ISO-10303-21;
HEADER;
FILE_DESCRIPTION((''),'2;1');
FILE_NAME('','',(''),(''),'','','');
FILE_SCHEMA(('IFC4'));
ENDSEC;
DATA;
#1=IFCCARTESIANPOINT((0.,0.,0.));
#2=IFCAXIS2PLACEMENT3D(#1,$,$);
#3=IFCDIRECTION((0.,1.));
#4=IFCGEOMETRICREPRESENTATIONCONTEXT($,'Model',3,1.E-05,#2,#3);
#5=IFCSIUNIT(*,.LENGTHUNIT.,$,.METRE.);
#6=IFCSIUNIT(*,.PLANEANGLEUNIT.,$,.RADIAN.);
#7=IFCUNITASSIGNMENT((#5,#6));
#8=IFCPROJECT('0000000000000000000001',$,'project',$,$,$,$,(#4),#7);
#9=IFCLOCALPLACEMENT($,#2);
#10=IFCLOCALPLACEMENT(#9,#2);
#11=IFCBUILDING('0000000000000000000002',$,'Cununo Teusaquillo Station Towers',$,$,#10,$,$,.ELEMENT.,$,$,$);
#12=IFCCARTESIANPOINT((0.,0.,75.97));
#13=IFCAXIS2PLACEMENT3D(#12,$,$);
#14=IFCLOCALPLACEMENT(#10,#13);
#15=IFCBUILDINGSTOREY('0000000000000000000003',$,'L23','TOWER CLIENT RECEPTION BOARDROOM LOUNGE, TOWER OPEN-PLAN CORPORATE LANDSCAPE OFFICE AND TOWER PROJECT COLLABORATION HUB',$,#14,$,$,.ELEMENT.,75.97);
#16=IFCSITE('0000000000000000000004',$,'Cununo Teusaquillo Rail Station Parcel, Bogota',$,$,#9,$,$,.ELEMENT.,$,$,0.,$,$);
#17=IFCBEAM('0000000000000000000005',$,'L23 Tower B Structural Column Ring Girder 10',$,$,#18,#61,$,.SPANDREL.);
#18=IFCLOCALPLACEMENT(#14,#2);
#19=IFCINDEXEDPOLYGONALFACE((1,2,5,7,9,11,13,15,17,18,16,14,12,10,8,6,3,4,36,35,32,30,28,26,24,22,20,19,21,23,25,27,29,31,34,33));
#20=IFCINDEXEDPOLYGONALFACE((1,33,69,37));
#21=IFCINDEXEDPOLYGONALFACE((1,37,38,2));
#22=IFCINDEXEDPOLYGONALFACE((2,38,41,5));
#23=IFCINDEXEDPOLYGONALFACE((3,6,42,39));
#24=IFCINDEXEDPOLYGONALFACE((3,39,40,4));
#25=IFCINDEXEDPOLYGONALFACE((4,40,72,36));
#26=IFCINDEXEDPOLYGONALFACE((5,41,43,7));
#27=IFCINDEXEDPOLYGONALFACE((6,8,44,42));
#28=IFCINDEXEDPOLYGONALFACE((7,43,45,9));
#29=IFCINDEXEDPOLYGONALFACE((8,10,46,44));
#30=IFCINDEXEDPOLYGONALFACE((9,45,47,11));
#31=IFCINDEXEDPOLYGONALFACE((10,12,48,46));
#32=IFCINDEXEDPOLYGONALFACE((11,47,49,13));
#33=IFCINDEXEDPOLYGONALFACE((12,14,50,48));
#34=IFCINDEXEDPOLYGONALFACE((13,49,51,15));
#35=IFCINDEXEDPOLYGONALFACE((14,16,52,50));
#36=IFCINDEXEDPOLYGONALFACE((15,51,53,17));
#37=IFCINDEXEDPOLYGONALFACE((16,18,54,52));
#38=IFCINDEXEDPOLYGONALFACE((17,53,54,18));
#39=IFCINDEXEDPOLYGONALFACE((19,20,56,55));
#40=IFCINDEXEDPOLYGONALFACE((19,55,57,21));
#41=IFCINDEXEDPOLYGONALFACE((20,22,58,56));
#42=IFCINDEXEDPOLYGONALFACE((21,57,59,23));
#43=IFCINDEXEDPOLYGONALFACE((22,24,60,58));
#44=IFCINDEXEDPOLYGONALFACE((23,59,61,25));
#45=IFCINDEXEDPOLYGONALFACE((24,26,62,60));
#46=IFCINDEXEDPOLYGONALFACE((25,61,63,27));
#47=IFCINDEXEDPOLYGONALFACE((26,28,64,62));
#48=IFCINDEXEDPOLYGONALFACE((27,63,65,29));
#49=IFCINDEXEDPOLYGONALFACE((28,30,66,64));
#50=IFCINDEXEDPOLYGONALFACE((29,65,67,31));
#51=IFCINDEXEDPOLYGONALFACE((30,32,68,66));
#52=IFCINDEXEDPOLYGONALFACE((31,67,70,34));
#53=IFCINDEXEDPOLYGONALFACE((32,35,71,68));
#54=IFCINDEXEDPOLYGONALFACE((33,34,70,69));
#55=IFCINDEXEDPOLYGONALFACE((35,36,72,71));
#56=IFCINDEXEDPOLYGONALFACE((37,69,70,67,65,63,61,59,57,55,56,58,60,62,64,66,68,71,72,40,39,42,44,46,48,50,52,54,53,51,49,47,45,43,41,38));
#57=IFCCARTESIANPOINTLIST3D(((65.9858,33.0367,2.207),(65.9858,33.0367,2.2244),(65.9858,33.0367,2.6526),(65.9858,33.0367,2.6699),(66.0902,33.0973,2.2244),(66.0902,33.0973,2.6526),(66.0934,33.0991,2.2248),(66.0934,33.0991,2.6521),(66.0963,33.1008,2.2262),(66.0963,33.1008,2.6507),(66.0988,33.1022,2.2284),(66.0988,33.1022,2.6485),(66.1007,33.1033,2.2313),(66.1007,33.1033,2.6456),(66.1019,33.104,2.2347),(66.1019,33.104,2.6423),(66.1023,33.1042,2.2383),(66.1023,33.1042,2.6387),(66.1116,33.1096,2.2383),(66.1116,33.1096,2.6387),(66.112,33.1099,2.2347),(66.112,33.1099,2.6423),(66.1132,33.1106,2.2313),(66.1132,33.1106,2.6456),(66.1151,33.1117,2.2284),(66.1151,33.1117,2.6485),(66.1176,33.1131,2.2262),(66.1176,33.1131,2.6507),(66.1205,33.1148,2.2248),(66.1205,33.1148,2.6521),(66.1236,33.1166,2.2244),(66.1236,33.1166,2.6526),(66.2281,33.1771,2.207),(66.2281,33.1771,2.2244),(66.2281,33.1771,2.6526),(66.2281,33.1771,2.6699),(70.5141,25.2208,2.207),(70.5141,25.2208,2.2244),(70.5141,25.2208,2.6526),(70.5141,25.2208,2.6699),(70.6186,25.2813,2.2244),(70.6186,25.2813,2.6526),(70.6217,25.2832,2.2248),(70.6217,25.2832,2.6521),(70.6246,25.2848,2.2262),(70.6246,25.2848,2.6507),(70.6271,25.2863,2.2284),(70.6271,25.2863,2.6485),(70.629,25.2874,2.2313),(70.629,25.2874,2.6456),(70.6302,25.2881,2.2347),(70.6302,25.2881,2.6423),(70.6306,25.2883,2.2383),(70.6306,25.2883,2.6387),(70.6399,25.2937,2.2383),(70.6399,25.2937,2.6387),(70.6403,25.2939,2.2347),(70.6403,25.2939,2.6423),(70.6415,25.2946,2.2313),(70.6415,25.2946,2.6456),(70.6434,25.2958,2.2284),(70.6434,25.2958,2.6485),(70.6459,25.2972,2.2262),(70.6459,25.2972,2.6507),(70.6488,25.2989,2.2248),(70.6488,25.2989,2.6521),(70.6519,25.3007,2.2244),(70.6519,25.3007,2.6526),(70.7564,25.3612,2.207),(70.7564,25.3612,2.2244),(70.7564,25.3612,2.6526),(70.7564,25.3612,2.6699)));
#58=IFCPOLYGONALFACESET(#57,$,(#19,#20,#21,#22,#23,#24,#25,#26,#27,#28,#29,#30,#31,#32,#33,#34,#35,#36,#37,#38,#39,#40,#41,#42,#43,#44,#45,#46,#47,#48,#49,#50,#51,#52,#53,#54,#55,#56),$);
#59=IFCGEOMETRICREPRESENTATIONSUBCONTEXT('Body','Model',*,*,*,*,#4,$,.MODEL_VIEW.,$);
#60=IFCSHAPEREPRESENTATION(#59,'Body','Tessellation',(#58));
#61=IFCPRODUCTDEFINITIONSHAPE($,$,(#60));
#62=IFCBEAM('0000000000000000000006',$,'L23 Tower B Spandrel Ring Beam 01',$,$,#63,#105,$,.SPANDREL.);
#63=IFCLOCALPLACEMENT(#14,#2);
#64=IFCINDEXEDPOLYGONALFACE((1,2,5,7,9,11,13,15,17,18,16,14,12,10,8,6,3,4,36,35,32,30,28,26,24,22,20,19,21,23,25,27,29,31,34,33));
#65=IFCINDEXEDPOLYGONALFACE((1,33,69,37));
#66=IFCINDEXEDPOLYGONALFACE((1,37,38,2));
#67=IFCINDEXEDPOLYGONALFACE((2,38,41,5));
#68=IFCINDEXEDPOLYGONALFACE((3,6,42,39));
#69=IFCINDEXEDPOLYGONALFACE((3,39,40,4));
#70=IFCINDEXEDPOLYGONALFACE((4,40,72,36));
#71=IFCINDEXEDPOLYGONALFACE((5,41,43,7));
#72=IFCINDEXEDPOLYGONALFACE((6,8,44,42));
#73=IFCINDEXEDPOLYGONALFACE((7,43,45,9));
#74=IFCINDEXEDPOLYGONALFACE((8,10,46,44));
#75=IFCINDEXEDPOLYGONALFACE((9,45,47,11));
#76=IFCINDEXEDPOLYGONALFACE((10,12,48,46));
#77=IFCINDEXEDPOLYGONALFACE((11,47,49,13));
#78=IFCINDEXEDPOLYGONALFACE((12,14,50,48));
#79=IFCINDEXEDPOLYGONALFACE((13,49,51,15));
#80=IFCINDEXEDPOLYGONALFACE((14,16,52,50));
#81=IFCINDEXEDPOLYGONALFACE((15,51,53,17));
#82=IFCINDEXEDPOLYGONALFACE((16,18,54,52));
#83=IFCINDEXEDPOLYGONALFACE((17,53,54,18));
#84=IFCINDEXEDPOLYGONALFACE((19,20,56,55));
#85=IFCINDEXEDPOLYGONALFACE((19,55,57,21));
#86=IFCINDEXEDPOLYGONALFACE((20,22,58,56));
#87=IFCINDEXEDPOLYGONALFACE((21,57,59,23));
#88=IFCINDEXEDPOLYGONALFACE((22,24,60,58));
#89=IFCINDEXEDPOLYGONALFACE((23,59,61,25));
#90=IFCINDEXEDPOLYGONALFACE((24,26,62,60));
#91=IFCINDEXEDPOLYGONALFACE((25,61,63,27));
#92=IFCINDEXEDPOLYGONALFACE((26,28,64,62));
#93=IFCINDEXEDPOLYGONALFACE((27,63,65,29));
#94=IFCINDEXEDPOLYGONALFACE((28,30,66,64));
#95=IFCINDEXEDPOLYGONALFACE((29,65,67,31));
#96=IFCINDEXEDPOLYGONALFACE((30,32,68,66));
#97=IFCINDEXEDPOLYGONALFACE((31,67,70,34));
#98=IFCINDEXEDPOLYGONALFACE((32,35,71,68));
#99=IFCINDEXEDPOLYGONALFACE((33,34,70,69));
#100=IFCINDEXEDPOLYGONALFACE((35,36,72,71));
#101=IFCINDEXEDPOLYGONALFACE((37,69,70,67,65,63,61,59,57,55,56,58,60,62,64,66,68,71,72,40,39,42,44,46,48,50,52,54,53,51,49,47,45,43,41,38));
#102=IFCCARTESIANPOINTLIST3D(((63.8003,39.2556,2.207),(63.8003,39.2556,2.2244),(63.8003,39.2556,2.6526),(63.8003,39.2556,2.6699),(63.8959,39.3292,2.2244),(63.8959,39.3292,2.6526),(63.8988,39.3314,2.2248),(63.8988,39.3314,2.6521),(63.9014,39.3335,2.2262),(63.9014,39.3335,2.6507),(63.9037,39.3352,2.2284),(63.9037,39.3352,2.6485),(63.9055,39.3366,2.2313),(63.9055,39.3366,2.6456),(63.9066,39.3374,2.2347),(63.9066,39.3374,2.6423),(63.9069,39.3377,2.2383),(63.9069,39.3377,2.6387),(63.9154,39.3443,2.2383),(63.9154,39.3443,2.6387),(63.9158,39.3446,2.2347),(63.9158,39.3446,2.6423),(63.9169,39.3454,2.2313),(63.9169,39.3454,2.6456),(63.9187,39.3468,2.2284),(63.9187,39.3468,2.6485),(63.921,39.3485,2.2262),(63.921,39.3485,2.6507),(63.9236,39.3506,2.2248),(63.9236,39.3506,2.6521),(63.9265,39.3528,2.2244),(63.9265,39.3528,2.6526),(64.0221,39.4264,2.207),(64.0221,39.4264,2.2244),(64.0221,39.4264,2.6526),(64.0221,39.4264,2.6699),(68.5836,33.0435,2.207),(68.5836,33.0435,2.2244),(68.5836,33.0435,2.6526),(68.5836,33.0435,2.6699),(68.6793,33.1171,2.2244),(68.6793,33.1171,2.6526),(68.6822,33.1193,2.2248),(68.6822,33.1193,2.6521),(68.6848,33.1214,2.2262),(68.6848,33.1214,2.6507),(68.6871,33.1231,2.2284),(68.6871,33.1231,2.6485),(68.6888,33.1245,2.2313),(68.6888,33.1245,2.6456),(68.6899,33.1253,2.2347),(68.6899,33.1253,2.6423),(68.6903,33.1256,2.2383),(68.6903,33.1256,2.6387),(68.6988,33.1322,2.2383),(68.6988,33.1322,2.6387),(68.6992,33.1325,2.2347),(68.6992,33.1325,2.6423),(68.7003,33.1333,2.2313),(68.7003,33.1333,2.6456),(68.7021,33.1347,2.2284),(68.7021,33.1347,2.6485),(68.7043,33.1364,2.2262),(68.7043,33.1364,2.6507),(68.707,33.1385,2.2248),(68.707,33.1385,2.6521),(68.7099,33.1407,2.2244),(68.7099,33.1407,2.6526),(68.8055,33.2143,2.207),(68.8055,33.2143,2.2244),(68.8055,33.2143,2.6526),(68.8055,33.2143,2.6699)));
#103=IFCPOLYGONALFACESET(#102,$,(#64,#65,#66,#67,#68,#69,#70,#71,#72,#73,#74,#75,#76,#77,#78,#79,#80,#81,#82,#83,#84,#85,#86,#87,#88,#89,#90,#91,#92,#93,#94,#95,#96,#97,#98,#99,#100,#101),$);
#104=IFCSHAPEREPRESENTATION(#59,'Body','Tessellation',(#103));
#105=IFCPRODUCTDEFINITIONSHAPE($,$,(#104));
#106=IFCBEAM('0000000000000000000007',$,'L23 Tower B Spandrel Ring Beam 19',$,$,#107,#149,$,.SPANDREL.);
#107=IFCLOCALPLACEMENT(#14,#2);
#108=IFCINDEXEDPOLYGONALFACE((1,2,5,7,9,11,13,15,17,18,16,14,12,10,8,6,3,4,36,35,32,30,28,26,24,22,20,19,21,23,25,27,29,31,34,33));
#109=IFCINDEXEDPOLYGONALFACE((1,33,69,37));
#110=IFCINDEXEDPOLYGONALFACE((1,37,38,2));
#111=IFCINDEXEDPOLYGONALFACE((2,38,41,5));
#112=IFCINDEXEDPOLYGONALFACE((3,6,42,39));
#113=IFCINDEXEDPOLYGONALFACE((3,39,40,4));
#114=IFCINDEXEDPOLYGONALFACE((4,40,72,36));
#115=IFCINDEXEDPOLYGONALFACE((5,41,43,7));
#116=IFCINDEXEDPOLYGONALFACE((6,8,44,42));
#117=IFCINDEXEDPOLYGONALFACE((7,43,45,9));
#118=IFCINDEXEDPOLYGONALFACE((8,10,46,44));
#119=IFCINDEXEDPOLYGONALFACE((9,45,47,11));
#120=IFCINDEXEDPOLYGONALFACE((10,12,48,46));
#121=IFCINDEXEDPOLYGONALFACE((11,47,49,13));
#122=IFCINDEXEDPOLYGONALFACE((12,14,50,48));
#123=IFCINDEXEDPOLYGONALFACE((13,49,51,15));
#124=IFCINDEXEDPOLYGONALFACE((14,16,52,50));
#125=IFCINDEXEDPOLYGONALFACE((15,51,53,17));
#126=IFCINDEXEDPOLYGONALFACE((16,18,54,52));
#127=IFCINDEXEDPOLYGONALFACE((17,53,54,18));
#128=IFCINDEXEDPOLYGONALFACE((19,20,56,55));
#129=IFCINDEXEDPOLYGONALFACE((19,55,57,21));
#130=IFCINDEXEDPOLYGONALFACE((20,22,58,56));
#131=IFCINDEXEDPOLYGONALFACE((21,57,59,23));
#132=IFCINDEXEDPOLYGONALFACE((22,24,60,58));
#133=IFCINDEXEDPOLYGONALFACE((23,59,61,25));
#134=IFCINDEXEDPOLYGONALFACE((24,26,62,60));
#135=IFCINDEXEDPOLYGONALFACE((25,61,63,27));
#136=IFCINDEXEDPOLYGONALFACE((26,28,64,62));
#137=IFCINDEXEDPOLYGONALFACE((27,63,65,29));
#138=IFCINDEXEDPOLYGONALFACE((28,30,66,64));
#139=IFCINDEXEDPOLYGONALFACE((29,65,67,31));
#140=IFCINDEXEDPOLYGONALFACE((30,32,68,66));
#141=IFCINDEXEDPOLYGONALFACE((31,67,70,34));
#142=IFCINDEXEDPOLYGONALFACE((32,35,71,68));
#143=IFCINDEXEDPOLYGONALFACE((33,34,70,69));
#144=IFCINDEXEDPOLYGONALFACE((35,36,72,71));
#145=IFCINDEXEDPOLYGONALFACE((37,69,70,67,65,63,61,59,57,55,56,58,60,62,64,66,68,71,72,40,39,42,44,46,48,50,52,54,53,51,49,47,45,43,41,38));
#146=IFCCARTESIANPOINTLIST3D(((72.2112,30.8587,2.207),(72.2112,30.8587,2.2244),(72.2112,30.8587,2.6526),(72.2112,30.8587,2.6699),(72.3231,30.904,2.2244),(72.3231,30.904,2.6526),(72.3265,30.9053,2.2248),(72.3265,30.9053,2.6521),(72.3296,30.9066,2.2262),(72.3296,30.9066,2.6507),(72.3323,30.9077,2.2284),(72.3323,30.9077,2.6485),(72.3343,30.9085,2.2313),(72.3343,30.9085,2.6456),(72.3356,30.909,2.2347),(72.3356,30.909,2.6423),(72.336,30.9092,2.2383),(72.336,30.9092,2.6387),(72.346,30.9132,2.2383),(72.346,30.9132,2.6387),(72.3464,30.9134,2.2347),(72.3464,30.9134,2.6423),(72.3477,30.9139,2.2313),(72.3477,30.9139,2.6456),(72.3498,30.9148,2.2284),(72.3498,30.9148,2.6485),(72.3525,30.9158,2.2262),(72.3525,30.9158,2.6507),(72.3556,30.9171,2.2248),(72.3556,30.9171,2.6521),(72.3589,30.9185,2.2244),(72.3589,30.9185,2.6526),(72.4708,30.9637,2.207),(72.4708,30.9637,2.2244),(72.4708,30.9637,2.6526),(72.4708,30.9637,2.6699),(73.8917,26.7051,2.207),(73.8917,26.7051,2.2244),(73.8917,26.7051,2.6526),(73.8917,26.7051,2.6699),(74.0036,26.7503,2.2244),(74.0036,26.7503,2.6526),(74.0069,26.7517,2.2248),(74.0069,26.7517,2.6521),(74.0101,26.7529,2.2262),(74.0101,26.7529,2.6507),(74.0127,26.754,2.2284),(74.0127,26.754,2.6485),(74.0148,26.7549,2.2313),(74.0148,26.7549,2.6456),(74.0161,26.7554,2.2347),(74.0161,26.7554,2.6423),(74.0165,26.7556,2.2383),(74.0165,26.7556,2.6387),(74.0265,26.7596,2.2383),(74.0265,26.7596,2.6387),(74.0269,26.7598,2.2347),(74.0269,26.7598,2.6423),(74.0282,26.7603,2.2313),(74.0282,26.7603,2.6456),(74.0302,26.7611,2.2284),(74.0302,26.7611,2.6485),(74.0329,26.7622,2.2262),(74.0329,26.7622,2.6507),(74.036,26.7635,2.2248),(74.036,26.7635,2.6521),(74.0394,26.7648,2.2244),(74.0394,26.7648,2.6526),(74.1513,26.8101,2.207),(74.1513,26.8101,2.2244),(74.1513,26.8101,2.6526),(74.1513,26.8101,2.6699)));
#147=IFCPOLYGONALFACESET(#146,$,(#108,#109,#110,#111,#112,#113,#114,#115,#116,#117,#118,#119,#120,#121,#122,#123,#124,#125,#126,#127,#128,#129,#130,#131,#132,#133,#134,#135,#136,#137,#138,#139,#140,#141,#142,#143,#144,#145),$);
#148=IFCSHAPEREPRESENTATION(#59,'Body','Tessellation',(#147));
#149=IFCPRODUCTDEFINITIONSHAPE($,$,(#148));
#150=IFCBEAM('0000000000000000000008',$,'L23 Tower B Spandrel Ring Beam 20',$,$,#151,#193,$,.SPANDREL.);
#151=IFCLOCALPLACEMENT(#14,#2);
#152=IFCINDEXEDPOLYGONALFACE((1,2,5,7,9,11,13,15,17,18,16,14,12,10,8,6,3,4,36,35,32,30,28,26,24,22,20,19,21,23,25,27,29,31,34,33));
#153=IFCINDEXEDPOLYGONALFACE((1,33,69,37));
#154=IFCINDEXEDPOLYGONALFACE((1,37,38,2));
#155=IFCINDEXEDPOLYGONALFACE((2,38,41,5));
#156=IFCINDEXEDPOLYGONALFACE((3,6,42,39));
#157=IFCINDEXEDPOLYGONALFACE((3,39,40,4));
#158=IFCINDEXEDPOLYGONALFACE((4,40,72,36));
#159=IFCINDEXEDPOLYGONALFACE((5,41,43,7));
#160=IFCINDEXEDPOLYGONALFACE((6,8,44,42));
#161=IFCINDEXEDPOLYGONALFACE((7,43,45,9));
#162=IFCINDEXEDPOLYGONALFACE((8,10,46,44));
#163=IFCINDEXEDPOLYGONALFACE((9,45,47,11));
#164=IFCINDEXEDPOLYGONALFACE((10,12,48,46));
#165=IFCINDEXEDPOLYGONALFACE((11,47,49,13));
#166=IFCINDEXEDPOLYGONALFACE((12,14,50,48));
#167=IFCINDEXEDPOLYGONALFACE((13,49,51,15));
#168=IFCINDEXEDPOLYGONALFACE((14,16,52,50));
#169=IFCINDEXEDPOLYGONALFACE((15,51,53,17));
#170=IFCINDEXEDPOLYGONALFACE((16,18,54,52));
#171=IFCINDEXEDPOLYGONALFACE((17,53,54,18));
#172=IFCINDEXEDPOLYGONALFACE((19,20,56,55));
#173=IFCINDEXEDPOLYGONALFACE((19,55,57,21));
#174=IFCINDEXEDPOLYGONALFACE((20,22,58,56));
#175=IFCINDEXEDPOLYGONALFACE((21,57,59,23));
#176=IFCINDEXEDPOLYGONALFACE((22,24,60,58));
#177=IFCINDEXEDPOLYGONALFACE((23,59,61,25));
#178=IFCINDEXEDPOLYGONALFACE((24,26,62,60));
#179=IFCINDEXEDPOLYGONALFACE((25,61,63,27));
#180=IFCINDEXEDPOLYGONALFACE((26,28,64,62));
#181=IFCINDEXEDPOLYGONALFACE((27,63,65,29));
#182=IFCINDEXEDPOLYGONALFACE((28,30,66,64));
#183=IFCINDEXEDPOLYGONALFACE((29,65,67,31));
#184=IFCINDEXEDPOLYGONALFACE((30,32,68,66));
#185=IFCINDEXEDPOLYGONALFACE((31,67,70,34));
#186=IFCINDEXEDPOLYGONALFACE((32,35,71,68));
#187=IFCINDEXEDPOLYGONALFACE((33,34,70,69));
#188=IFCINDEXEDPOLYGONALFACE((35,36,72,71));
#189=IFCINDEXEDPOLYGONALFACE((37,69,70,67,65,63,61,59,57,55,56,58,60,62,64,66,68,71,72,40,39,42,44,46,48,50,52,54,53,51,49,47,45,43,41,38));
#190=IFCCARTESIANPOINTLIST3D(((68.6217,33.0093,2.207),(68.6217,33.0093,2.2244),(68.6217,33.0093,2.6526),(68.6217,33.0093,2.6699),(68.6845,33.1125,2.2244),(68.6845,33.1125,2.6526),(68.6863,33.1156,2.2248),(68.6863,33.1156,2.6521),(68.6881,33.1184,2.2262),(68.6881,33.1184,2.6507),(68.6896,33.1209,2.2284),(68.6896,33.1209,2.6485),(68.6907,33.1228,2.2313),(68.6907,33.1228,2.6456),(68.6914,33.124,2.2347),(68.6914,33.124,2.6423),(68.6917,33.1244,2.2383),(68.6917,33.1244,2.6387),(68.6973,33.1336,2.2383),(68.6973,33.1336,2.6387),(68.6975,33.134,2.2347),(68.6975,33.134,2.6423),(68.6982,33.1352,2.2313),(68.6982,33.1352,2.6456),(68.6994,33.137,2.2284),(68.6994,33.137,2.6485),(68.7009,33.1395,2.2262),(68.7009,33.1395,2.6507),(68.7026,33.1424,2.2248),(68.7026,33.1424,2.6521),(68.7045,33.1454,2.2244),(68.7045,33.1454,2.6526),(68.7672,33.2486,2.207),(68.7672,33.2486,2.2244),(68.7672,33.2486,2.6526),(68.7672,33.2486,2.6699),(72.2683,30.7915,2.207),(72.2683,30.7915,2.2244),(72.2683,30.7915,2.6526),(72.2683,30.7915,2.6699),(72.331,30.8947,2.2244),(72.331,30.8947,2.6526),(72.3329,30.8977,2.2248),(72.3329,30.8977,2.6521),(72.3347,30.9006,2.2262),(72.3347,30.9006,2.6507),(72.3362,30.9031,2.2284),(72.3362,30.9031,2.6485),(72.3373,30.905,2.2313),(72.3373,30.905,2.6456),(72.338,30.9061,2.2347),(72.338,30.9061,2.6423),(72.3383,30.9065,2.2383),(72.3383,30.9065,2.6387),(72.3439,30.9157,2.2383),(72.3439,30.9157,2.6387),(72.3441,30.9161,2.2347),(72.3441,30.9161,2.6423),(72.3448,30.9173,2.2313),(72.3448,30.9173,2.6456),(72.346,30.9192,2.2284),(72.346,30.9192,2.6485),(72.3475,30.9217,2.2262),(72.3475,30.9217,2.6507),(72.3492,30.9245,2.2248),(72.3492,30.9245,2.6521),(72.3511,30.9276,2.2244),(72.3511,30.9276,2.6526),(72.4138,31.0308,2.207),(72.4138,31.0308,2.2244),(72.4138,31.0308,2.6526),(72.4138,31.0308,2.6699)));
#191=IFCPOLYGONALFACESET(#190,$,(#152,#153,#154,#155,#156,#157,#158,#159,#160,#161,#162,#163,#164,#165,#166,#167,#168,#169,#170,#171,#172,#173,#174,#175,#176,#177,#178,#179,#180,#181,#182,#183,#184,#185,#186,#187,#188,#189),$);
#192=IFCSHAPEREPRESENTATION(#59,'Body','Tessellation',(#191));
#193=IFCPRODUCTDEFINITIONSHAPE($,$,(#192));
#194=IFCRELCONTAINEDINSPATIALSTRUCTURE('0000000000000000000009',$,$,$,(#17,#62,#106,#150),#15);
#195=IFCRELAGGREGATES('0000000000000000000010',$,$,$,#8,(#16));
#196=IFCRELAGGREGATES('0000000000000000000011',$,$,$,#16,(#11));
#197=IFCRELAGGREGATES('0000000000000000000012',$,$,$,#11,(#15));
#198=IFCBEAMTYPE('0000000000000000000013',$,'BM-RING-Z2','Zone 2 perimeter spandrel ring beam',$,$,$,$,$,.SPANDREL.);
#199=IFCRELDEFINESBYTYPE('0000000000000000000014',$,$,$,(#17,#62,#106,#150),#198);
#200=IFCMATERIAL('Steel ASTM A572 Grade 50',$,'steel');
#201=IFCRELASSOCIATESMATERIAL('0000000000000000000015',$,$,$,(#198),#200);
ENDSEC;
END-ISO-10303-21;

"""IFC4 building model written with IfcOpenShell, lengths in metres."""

from ifc_helpers import new_model, si_unit, direction, frame, origin, origin_2d, place, context, subcontext, project, spatial, i_section, extrude, material, material_profile, profile_set, type_object, element, save


model = new_model("IFC4")

# Units and contexts
model_context = context("Model", 3, precision=1e-05, world=origin(), true_north=direction((0.0, 1.0)))
body_context = subcontext(model_context, "Body", "Model", "MODEL_VIEW")
ifc_project = project(units=[si_unit("LENGTHUNIT", "METRE"), si_unit("PLANEANGLEUNIT", "RADIAN")], contexts=[model_context])

# Site, building, storey
site_placement = place(None, origin())
site = spatial("IfcSite", under=ifc_project, at=site_placement, Name="Cununo Teusaquillo Rail Station Parcel, Bogota", CompositionType="ELEMENT", RefElevation=0.0)
building_placement = place(site_placement, origin())
building = spatial("IfcBuilding", under=site, at=building_placement, Name="Cununo Teusaquillo Station Towers", CompositionType="ELEMENT")
storey_placement = place(building_placement, frame((0.0, 0.0, 75.97)))
storey = spatial("IfcBuildingStorey", under=building, at=storey_placement, Name="L23", Description="TOWER CLIENT RECEPTION BOARDROOM LOUNGE, TOWER OPEN-PLAN CORPORATE LANDSCAPE OFFICE AND TOWER PROJECT COLLABORATION HUB", CompositionType="ELEMENT", Elevation=75.97)

# Beams
ifc_material_1 = material(Name="Steel ASTM A572 Grade 50", Category="steel")
ifc_material_profile_1 = material_profile(ifc_material_1, i_section(OverallWidth=0.28, OverallDepth=0.4629, WebThickness=0.0107, FlangeThickness=0.0173, FilletRadius=0.0139, at=origin_2d()), Name="W18X76")
ifc_profile_set_1 = profile_set([ifc_material_profile_1], Name="Steel ASTM A572 Grade 50")
beam_type_1 = type_object("IfcBeamType", Name="BM-RING-Z2", Description="Zone 2 perimeter spandrel ring beam", PredefinedType="SPANDREL", material=ifc_profile_set_1)
for number, where, z_axis, x_axis, name in (
    (1, (70.6353, 25.291, 2.4385), (-0.501311, 0.865267, 0.0), (-0.865267, -0.501311, 0.0), "L23 Tower B Structural Column Ring Girder 10"),
):
    element("IfcBeam", number, at=place(storey_placement, frame(where, z_axis=z_axis, x_axis=x_axis)), inside=storey, type_object=beam_type_1, Name=name, PredefinedType="SPANDREL", context=body_context, shape_type="SweptSolid", body=[
        extrude(i_section(OverallWidth=0.28, OverallDepth=0.4629, WebThickness=0.0107, FlangeThickness=0.0173, FilletRadius=0.0139, at=origin_2d()), origin(), (0.0, 0.0, 1.0), 9.033),
    ])
beam_1_placement = place(storey_placement, frame((68.6946, 33.1289, 2.4385), z_axis=(-0.6101, 0.792324, 0.0), x_axis=(-0.792324, -0.6101, 0.0)))
element("IfcBeam", 2, at=beam_1_placement, inside=storey, type_object=beam_type_1, Name="L23 Tower B Spandrel Ring Beam 01", PredefinedType="SPANDREL", context=body_context, shape_type="SweptSolid", body=[
    extrude(i_section(OverallWidth=0.28, OverallDepth=0.4629, WebThickness=0.0107, FlangeThickness=0.0173, FilletRadius=0.0139, at=origin_2d()), origin(), (0.0, 0.0, 1.0), 7.8403),
])
beam_2_placement = place(storey_placement, frame((74.0215, 26.7576, 2.4385), z_axis=(-0.375042, 0.927008, 0.0), x_axis=(-0.927008, -0.375042, 0.0)))
element("IfcBeam", 3, at=beam_2_placement, inside=storey, type_object=beam_type_1, Name="L23 Tower B Spandrel Ring Beam 19", PredefinedType="SPANDREL", context=body_context, shape_type="SweptSolid", body=[
    extrude(i_section(OverallWidth=0.28, OverallDepth=0.4629, WebThickness=0.0107, FlangeThickness=0.0173, FilletRadius=0.0139, at=origin_2d()), origin(), (0.0, 0.0, 1.0), 4.4807),
])
beam_3_placement = place(storey_placement, frame((72.3411, 30.9111, 2.4385), z_axis=(-0.854388, 0.519635, 0.0), x_axis=(-0.519635, -0.854388, 0.0)))
element("IfcBeam", 4, at=beam_3_placement, inside=storey, type_object=beam_type_1, Name="L23 Tower B Spandrel Ring Beam 20", PredefinedType="SPANDREL", context=body_context, shape_type="SweptSolid", body=[
    extrude(i_section(OverallWidth=0.28, OverallDepth=0.4629, WebThickness=0.0107, FlangeThickness=0.0173, FilletRadius=0.0139, at=origin_2d()), origin(), (0.0, 0.0, 1.0), 4.2681),
])

save(model, "model.ifc")
